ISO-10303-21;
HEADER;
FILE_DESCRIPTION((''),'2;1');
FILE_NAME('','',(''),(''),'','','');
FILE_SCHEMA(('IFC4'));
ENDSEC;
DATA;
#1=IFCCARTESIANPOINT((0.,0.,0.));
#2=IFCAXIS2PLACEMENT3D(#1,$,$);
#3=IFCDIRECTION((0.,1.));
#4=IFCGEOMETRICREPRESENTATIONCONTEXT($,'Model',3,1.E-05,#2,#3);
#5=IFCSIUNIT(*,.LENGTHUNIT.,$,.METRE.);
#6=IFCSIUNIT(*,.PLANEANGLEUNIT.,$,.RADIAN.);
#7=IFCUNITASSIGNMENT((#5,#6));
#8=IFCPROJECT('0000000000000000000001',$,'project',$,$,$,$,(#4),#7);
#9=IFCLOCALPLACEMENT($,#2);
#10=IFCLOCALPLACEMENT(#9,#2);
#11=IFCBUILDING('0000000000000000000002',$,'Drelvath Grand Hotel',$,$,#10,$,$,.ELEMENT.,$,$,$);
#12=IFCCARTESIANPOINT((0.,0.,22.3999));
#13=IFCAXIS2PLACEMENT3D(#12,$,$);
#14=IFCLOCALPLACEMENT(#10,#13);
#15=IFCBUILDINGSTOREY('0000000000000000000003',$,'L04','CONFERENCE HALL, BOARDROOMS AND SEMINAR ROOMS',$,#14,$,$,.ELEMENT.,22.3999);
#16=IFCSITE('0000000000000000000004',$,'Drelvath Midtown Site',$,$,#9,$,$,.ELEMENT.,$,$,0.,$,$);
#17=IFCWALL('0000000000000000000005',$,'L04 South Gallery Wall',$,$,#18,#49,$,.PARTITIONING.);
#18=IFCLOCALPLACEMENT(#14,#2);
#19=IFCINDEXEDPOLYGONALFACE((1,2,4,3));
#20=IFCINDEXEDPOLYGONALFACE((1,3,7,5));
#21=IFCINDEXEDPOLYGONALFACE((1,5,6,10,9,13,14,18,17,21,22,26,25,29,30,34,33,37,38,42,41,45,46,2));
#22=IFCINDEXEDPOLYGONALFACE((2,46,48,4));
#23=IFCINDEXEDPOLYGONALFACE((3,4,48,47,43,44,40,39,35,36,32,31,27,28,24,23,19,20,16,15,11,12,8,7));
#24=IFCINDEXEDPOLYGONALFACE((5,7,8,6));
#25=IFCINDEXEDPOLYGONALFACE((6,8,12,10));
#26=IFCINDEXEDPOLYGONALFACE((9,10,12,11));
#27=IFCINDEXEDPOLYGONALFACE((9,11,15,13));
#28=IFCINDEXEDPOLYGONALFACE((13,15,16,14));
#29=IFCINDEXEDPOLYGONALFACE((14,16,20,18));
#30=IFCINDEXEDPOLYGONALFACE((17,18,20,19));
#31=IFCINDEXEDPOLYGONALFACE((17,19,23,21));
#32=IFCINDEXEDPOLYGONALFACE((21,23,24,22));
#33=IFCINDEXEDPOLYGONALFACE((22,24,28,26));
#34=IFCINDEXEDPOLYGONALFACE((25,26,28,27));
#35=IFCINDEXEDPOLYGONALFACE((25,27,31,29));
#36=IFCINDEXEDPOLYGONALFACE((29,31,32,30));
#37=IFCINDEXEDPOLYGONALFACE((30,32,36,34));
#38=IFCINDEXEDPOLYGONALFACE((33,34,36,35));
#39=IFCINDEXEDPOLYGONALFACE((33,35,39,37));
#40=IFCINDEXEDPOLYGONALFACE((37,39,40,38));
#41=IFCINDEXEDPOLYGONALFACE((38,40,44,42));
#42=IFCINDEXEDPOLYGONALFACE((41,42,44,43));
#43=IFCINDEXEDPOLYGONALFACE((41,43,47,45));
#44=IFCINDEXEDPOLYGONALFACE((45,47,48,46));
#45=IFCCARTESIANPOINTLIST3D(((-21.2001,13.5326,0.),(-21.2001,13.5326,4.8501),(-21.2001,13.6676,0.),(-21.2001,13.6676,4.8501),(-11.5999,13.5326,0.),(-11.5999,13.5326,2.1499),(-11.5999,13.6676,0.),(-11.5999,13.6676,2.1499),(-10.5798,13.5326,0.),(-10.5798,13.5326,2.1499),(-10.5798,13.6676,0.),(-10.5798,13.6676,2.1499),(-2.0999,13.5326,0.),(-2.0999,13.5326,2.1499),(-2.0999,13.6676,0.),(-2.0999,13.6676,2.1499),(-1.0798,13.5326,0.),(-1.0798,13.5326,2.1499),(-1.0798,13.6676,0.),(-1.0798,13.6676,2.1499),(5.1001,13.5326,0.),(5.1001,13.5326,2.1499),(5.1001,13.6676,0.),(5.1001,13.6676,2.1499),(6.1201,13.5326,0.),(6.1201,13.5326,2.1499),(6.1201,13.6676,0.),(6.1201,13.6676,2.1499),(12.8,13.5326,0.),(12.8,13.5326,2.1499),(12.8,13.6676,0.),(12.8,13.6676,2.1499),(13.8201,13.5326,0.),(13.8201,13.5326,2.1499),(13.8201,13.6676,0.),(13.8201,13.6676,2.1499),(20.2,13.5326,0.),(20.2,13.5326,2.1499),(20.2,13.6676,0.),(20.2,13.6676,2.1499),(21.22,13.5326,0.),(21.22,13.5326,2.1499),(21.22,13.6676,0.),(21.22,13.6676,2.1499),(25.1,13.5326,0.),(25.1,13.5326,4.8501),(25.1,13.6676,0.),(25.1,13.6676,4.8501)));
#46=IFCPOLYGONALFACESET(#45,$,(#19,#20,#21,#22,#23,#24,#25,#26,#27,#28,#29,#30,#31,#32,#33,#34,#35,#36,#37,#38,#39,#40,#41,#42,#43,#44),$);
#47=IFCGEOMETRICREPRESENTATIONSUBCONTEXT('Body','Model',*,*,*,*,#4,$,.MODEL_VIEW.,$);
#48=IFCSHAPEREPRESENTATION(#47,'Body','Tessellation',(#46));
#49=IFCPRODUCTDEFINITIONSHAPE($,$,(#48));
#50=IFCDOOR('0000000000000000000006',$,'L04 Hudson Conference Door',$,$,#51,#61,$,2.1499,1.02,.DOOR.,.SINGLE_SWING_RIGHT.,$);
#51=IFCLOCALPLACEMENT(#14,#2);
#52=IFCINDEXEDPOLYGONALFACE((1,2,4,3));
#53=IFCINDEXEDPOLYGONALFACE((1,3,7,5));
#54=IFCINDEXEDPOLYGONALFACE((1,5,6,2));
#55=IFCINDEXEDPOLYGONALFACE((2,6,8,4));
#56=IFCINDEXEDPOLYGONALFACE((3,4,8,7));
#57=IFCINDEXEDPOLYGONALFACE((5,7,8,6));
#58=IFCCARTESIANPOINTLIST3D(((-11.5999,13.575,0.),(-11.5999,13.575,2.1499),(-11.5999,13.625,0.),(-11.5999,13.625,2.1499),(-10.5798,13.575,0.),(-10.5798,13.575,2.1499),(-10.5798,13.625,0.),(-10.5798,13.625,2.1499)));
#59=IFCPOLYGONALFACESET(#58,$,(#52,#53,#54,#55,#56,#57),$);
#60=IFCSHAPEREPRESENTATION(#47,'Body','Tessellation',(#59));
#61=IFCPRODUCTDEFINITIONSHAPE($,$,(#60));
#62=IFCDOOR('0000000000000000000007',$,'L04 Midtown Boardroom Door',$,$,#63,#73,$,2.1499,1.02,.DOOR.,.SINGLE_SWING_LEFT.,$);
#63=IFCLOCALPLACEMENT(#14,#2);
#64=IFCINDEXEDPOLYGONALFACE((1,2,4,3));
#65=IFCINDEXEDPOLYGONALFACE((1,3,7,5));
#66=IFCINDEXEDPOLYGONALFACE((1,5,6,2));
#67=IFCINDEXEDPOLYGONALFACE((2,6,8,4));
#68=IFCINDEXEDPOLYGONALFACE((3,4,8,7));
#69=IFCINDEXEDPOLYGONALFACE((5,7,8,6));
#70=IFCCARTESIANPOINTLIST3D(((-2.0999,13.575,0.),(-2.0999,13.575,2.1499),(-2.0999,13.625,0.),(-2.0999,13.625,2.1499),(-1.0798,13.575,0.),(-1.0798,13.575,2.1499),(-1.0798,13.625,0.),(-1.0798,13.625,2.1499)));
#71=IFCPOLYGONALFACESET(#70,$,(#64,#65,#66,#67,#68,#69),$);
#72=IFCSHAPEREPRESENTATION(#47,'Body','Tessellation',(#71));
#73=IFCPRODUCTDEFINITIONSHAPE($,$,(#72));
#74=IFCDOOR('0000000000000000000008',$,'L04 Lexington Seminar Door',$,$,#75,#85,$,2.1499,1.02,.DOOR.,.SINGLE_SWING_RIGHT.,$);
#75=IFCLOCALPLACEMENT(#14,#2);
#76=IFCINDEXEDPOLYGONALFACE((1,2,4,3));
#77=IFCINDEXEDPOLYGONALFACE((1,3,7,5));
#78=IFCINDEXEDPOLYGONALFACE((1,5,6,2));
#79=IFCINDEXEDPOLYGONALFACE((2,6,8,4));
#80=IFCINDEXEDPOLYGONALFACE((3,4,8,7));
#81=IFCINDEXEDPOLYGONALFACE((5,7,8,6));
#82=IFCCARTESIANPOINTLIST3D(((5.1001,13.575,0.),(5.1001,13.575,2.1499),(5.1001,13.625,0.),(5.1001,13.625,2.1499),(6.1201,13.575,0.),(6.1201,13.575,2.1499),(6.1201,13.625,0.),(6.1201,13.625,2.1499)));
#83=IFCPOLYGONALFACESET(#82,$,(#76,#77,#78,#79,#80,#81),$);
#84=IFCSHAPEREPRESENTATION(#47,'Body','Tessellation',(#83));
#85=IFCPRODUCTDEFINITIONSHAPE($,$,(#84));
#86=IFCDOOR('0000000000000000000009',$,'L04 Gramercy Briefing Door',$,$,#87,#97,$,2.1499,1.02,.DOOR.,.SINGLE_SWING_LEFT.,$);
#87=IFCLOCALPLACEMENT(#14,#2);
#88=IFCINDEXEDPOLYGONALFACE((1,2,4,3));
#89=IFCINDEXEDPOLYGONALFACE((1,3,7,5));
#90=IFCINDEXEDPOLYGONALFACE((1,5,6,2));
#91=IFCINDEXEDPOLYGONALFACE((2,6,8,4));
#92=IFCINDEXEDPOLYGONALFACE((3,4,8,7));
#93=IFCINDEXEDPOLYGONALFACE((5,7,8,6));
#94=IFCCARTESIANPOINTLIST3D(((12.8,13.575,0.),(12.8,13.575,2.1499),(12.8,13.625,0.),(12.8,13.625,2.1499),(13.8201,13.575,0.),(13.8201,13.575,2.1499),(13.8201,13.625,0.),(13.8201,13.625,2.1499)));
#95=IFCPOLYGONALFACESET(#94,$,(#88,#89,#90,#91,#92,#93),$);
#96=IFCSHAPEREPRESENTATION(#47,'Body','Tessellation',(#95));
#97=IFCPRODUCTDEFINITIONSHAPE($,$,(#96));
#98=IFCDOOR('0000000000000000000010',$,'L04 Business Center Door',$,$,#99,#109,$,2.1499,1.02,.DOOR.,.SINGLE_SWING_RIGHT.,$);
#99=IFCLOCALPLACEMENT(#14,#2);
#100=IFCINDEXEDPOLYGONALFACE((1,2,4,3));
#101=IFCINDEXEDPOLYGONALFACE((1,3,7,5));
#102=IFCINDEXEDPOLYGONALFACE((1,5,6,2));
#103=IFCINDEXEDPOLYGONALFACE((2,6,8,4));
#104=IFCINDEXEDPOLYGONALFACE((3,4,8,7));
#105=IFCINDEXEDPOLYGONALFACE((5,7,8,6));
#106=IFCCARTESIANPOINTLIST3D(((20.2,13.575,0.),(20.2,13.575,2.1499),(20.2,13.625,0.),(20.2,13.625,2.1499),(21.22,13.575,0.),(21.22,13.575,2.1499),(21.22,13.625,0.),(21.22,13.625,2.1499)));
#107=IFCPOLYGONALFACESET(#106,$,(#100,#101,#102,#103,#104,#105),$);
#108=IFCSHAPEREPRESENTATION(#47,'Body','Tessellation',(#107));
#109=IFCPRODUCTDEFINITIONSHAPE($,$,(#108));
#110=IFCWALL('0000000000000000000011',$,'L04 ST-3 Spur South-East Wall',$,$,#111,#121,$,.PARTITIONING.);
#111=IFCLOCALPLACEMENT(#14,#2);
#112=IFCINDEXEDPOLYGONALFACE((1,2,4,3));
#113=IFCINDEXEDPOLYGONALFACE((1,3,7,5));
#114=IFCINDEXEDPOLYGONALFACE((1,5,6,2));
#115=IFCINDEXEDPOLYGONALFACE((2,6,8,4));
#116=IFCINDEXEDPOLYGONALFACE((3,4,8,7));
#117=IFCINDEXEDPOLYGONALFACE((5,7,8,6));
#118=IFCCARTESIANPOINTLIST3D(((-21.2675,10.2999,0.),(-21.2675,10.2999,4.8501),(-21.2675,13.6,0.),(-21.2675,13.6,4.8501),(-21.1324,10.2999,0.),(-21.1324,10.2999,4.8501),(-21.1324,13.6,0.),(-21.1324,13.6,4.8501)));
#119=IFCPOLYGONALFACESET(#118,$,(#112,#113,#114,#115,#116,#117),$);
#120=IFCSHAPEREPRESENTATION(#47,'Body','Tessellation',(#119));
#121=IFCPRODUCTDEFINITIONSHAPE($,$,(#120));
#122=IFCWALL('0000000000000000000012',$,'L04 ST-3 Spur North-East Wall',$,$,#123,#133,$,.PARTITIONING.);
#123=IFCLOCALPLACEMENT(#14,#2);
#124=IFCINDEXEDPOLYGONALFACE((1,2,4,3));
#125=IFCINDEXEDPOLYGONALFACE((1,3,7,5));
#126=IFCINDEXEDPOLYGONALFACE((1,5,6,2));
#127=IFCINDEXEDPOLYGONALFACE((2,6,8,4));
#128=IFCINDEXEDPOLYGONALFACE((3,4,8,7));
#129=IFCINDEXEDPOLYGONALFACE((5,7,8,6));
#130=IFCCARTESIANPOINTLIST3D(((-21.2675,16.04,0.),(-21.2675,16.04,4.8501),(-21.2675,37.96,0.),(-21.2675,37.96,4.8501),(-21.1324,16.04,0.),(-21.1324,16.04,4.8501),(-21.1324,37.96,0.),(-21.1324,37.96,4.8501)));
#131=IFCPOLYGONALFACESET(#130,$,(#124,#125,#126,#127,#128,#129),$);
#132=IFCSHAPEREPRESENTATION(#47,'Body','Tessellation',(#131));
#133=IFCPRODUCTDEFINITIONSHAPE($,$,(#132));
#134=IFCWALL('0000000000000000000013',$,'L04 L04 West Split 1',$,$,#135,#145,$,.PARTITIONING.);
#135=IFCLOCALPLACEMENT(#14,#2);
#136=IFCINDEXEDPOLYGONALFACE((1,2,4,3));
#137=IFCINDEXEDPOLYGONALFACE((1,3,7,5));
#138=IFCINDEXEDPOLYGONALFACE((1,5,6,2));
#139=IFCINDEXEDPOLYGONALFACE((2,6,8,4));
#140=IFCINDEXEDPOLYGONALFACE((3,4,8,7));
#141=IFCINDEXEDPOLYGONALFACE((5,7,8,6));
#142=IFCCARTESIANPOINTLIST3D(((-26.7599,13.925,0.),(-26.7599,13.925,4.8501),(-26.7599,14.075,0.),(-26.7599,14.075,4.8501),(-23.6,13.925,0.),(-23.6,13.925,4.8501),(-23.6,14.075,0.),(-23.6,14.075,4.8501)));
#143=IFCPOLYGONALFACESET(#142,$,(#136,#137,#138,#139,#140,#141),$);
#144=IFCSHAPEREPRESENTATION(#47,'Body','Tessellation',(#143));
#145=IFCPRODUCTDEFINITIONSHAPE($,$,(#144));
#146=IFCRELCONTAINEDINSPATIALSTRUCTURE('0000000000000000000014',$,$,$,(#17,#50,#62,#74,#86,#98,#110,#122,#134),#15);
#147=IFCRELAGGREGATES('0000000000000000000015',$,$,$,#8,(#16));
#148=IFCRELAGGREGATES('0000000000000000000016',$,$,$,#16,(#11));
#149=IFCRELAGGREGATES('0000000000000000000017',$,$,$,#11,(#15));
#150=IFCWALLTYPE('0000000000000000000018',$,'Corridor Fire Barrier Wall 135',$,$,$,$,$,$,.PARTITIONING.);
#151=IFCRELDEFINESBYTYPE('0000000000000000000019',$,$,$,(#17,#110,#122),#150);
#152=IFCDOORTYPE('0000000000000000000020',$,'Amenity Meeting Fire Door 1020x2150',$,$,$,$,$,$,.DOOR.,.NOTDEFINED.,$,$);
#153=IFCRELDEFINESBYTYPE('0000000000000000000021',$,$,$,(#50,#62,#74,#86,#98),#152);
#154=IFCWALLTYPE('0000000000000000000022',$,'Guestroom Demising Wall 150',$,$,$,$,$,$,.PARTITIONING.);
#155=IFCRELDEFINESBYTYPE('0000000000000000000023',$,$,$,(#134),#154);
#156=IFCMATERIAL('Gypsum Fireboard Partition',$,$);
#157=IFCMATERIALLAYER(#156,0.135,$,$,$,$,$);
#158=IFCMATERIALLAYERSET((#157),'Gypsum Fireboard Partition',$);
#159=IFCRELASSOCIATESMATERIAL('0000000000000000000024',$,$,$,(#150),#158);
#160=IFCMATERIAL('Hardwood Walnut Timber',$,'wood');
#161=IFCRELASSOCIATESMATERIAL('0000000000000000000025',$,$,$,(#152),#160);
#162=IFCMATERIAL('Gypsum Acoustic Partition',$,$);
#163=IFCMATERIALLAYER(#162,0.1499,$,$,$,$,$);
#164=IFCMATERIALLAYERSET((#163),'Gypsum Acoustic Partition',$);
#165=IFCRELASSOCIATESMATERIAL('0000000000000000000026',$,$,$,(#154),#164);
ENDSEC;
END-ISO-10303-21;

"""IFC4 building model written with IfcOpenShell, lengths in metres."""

from ifc_helpers import new_model, si_unit, direction, frame, frame_2d, origin, place, context, subcontext, project, spatial, rectangle, extrude, material, layer, layer_set, type_object, element, fill, save


model = new_model("IFC4")

# Units and contexts
model_context = context("Model", 3, precision=1e-05, world=origin(), true_north=direction((0.0, 1.0)))
body_context = subcontext(model_context, "Body", "Model", "MODEL_VIEW")
ifc_project = project(units=[si_unit("LENGTHUNIT", "METRE"), si_unit("PLANEANGLEUNIT", "RADIAN")], contexts=[model_context])

# Site, building, storey
site_placement = place(None, origin())
site = spatial("IfcSite", under=ifc_project, at=site_placement, Name="Drelvath Midtown Site", CompositionType="ELEMENT", RefElevation=0.0)
building_placement = place(site_placement, origin())
building = spatial("IfcBuilding", under=site, at=building_placement, Name="Drelvath Grand Hotel", CompositionType="ELEMENT")
storey_placement = place(building_placement, frame((0.0, 0.0, 22.3999)))
storey = spatial("IfcBuildingStorey", under=building, at=storey_placement, Name="L04", Description="CONFERENCE HALL, BOARDROOMS AND SEMINAR ROOMS", CompositionType="ELEMENT", Elevation=22.3999)

# Wall, openings, doors
ifc_material_1 = material(Name="Gypsum Fireboard Partition")
ifc_layer_1 = layer(ifc_material_1, 0.135)
ifc_layer_set_1 = layer_set([ifc_layer_1], Name="Gypsum Fireboard Partition")
wall_type_1 = type_object("IfcWallType", Name="Corridor Fire Barrier Wall 135", PredefinedType="PARTITIONING", material=ifc_layer_set_1)
wall_1_placement = place(storey_placement, frame((-21.2, 13.6001, 0.0), z_axis=(0.0, 0.0, 1.0), x_axis=(1.0, 0.0, 0.0)))
wall_1 = element("IfcWall", 1, at=wall_1_placement, inside=storey, type_object=wall_type_1, Name="L04 South Gallery Wall", PredefinedType="PARTITIONING", context=body_context, shape_type="SweptSolid", body=[
    extrude(rectangle(XDim=46.3, YDim=0.135, at=frame_2d((23.1499, 0.0))), origin(), (0.0, 0.0, 1.0), 4.8501),
])
opening_1_placement = place(wall_1_placement, frame((9.6001, 0.0, 0.0)))
opening_1 = element("IfcOpeningElement", 2, at=opening_1_placement, cuts=wall_1, PredefinedType="OPENING", context=body_context, shape_type="SweptSolid", body=[
    extrude(rectangle(XDim=1.02, YDim=2.1499, at=frame_2d((0.51, 1.075))), frame((0.0, 0.0774, 0.0), z_axis=(0.0, -1.0, 0.0), x_axis=(1.0, 0.0, 0.0)), (0.0, 0.0, 1.0), 0.155),
])
opening_2_placement = place(wall_1_placement, frame((19.1001, 0.0, 0.0)))
opening_2 = element("IfcOpeningElement", 3, at=opening_2_placement, cuts=wall_1, PredefinedType="OPENING", context=body_context, shape_type="SweptSolid", body=[
    extrude(rectangle(XDim=1.02, YDim=2.1499, at=frame_2d((0.51, 1.075))), frame((0.0, 0.0774, 0.0), z_axis=(0.0, -1.0, 0.0), x_axis=(1.0, 0.0, 0.0)), (0.0, 0.0, 1.0), 0.155),
])
opening_3_placement = place(wall_1_placement, frame((26.3, 0.0, 0.0)))
opening_3 = element("IfcOpeningElement", 4, at=opening_3_placement, cuts=wall_1, PredefinedType="OPENING", context=body_context, shape_type="SweptSolid", body=[
    extrude(rectangle(XDim=1.02, YDim=2.1499, at=frame_2d((0.51, 1.075))), frame((0.0, 0.0774, 0.0), z_axis=(0.0, -1.0, 0.0), x_axis=(1.0, 0.0, 0.0)), (0.0, 0.0, 1.0), 0.155),
])
opening_4_placement = place(wall_1_placement, frame((34.0, 0.0, 0.0)))
opening_4 = element("IfcOpeningElement", 5, at=opening_4_placement, cuts=wall_1, PredefinedType="OPENING", context=body_context, shape_type="SweptSolid", body=[
    extrude(rectangle(XDim=1.02, YDim=2.1499, at=frame_2d((0.51, 1.075))), frame((0.0, 0.0774, 0.0), z_axis=(0.0, -1.0, 0.0), x_axis=(1.0, 0.0, 0.0)), (0.0, 0.0, 1.0), 0.155),
])
opening_5_placement = place(wall_1_placement, frame((41.3999, 0.0, 0.0)))
opening_5 = element("IfcOpeningElement", 6, at=opening_5_placement, cuts=wall_1, PredefinedType="OPENING", context=body_context, shape_type="SweptSolid", body=[
    extrude(rectangle(XDim=1.02, YDim=2.1499, at=frame_2d((0.51, 1.075))), frame((0.0, 0.0774, 0.0), z_axis=(0.0, -1.0, 0.0), x_axis=(1.0, 0.0, 0.0)), (0.0, 0.0, 1.0), 0.155),
])
ifc_material_2 = material(Name="Hardwood Walnut Timber", Category="wood")
door_type = type_object("IfcDoorType", Name="Amenity Meeting Fire Door 1020x2150", OperationType="NOTDEFINED", PredefinedType="DOOR", material=ifc_material_2)
door_1_placement = place(opening_1_placement, origin())
door_1 = element("IfcDoor", 7, at=door_1_placement, inside=storey, type_object=door_type, Name="L04 Hudson Conference Door", OperationType="SINGLE_SWING_RIGHT", OverallHeight=2.1499, OverallWidth=1.02, PredefinedType="DOOR", context=body_context, shape_type="SweptSolid", body=[
    extrude(rectangle(XDim=1.02, YDim=2.1499, at=frame_2d((0.51, 1.075))), frame((0.0, 0.0249, 0.0), z_axis=(0.0, -1.0, 0.0), x_axis=(1.0, 0.0, 0.0)), (0.0, 0.0, 1.0), 0.05),
])
fill(opening_1, door_1)
door_2_placement = place(opening_2_placement, origin())
door_2 = element("IfcDoor", 8, at=door_2_placement, inside=storey, type_object=door_type, Name="L04 Midtown Boardroom Door", OperationType="SINGLE_SWING_LEFT", OverallHeight=2.1499, OverallWidth=1.02, PredefinedType="DOOR", context=body_context, shape_type="SweptSolid", body=[
    extrude(rectangle(XDim=1.02, YDim=2.1499, at=frame_2d((0.51, 1.075))), frame((0.0, 0.0249, 0.0), z_axis=(0.0, -1.0, 0.0), x_axis=(1.0, 0.0, 0.0)), (0.0, 0.0, 1.0), 0.05),
])
fill(opening_2, door_2)
door_3_placement = place(opening_3_placement, origin())
door_3 = element("IfcDoor", 9, at=door_3_placement, inside=storey, type_object=door_type, Name="L04 Lexington Seminar Door", OperationType="SINGLE_SWING_RIGHT", OverallHeight=2.1499, OverallWidth=1.02, PredefinedType="DOOR", context=body_context, shape_type="SweptSolid", body=[
    extrude(rectangle(XDim=1.02, YDim=2.1499, at=frame_2d((0.51, 1.075))), frame((0.0, 0.0249, 0.0), z_axis=(0.0, -1.0, 0.0), x_axis=(1.0, 0.0, 0.0)), (0.0, 0.0, 1.0), 0.05),
])
fill(opening_3, door_3)
door_4_placement = place(opening_4_placement, origin())
door_4 = element("IfcDoor", 10, at=door_4_placement, inside=storey, type_object=door_type, Name="L04 Gramercy Briefing Door", OperationType="SINGLE_SWING_LEFT", OverallHeight=2.1499, OverallWidth=1.02, PredefinedType="DOOR", context=body_context, shape_type="SweptSolid", body=[
    extrude(rectangle(XDim=1.02, YDim=2.1499, at=frame_2d((0.51, 1.075))), frame((0.0, 0.0249, 0.0), z_axis=(0.0, -1.0, 0.0), x_axis=(1.0, 0.0, 0.0)), (0.0, 0.0, 1.0), 0.05),
])
fill(opening_4, door_4)
door_5_placement = place(opening_5_placement, origin())
door_5 = element("IfcDoor", 11, at=door_5_placement, inside=storey, type_object=door_type, Name="L04 Business Center Door", OperationType="SINGLE_SWING_RIGHT", OverallHeight=2.1499, OverallWidth=1.02, PredefinedType="DOOR", context=body_context, shape_type="SweptSolid", body=[
    extrude(rectangle(XDim=1.02, YDim=2.1499, at=frame_2d((0.51, 1.075))), frame((0.0, 0.0249, 0.0), z_axis=(0.0, -1.0, 0.0), x_axis=(1.0, 0.0, 0.0)), (0.0, 0.0, 1.0), 0.05),
])
fill(opening_5, door_5)

# Walls
wall_2_placement = place(storey_placement, frame((-21.2, 10.3, 0.0), z_axis=(0.0, 0.0, 1.0), x_axis=(0.0, 1.0, 0.0)))
element("IfcWall", 12, at=wall_2_placement, inside=storey, type_object=wall_type_1, Name="L04 ST-3 Spur South-East Wall", PredefinedType="PARTITIONING", context=body_context, shape_type="SweptSolid", body=[
    extrude(rectangle(XDim=3.3, YDim=0.135, at=frame_2d((1.6499, 0.0))), origin(), (0.0, 0.0, 1.0), 4.8501),
])
wall_3_placement = place(storey_placement, frame((-21.2, 16.04, 0.0), z_axis=(0.0, 0.0, 1.0), x_axis=(0.0, 1.0, 0.0)))
element("IfcWall", 13, at=wall_3_placement, inside=storey, type_object=wall_type_1, Name="L04 ST-3 Spur North-East Wall", PredefinedType="PARTITIONING", context=body_context, shape_type="SweptSolid", body=[
    extrude(rectangle(XDim=21.9199, YDim=0.135, at=frame_2d((10.96, 0.0))), origin(), (0.0, 0.0, 1.0), 4.8501),
])
ifc_material_3 = material(Name="Gypsum Acoustic Partition")
ifc_layer_2 = layer(ifc_material_3, 0.1499)
ifc_layer_set_2 = layer_set([ifc_layer_2], Name="Gypsum Acoustic Partition")
wall_type_2 = type_object("IfcWallType", Name="Guestroom Demising Wall 150", PredefinedType="PARTITIONING", material=ifc_layer_set_2)
wall_4_placement = place(storey_placement, frame((-26.76, 14.0, 0.0), z_axis=(0.0, 0.0, 1.0), x_axis=(1.0, 0.0, 0.0)))
element("IfcWall", 14, at=wall_4_placement, inside=storey, type_object=wall_type_2, Name="L04 L04 West Split 1", PredefinedType="PARTITIONING", context=body_context, shape_type="SweptSolid", body=[
    extrude(rectangle(XDim=3.1599, YDim=0.1499, at=frame_2d((1.5801, 0.0))), origin(), (0.0, 0.0, 1.0), 4.8501),
])

save(model, "model.ifc")
